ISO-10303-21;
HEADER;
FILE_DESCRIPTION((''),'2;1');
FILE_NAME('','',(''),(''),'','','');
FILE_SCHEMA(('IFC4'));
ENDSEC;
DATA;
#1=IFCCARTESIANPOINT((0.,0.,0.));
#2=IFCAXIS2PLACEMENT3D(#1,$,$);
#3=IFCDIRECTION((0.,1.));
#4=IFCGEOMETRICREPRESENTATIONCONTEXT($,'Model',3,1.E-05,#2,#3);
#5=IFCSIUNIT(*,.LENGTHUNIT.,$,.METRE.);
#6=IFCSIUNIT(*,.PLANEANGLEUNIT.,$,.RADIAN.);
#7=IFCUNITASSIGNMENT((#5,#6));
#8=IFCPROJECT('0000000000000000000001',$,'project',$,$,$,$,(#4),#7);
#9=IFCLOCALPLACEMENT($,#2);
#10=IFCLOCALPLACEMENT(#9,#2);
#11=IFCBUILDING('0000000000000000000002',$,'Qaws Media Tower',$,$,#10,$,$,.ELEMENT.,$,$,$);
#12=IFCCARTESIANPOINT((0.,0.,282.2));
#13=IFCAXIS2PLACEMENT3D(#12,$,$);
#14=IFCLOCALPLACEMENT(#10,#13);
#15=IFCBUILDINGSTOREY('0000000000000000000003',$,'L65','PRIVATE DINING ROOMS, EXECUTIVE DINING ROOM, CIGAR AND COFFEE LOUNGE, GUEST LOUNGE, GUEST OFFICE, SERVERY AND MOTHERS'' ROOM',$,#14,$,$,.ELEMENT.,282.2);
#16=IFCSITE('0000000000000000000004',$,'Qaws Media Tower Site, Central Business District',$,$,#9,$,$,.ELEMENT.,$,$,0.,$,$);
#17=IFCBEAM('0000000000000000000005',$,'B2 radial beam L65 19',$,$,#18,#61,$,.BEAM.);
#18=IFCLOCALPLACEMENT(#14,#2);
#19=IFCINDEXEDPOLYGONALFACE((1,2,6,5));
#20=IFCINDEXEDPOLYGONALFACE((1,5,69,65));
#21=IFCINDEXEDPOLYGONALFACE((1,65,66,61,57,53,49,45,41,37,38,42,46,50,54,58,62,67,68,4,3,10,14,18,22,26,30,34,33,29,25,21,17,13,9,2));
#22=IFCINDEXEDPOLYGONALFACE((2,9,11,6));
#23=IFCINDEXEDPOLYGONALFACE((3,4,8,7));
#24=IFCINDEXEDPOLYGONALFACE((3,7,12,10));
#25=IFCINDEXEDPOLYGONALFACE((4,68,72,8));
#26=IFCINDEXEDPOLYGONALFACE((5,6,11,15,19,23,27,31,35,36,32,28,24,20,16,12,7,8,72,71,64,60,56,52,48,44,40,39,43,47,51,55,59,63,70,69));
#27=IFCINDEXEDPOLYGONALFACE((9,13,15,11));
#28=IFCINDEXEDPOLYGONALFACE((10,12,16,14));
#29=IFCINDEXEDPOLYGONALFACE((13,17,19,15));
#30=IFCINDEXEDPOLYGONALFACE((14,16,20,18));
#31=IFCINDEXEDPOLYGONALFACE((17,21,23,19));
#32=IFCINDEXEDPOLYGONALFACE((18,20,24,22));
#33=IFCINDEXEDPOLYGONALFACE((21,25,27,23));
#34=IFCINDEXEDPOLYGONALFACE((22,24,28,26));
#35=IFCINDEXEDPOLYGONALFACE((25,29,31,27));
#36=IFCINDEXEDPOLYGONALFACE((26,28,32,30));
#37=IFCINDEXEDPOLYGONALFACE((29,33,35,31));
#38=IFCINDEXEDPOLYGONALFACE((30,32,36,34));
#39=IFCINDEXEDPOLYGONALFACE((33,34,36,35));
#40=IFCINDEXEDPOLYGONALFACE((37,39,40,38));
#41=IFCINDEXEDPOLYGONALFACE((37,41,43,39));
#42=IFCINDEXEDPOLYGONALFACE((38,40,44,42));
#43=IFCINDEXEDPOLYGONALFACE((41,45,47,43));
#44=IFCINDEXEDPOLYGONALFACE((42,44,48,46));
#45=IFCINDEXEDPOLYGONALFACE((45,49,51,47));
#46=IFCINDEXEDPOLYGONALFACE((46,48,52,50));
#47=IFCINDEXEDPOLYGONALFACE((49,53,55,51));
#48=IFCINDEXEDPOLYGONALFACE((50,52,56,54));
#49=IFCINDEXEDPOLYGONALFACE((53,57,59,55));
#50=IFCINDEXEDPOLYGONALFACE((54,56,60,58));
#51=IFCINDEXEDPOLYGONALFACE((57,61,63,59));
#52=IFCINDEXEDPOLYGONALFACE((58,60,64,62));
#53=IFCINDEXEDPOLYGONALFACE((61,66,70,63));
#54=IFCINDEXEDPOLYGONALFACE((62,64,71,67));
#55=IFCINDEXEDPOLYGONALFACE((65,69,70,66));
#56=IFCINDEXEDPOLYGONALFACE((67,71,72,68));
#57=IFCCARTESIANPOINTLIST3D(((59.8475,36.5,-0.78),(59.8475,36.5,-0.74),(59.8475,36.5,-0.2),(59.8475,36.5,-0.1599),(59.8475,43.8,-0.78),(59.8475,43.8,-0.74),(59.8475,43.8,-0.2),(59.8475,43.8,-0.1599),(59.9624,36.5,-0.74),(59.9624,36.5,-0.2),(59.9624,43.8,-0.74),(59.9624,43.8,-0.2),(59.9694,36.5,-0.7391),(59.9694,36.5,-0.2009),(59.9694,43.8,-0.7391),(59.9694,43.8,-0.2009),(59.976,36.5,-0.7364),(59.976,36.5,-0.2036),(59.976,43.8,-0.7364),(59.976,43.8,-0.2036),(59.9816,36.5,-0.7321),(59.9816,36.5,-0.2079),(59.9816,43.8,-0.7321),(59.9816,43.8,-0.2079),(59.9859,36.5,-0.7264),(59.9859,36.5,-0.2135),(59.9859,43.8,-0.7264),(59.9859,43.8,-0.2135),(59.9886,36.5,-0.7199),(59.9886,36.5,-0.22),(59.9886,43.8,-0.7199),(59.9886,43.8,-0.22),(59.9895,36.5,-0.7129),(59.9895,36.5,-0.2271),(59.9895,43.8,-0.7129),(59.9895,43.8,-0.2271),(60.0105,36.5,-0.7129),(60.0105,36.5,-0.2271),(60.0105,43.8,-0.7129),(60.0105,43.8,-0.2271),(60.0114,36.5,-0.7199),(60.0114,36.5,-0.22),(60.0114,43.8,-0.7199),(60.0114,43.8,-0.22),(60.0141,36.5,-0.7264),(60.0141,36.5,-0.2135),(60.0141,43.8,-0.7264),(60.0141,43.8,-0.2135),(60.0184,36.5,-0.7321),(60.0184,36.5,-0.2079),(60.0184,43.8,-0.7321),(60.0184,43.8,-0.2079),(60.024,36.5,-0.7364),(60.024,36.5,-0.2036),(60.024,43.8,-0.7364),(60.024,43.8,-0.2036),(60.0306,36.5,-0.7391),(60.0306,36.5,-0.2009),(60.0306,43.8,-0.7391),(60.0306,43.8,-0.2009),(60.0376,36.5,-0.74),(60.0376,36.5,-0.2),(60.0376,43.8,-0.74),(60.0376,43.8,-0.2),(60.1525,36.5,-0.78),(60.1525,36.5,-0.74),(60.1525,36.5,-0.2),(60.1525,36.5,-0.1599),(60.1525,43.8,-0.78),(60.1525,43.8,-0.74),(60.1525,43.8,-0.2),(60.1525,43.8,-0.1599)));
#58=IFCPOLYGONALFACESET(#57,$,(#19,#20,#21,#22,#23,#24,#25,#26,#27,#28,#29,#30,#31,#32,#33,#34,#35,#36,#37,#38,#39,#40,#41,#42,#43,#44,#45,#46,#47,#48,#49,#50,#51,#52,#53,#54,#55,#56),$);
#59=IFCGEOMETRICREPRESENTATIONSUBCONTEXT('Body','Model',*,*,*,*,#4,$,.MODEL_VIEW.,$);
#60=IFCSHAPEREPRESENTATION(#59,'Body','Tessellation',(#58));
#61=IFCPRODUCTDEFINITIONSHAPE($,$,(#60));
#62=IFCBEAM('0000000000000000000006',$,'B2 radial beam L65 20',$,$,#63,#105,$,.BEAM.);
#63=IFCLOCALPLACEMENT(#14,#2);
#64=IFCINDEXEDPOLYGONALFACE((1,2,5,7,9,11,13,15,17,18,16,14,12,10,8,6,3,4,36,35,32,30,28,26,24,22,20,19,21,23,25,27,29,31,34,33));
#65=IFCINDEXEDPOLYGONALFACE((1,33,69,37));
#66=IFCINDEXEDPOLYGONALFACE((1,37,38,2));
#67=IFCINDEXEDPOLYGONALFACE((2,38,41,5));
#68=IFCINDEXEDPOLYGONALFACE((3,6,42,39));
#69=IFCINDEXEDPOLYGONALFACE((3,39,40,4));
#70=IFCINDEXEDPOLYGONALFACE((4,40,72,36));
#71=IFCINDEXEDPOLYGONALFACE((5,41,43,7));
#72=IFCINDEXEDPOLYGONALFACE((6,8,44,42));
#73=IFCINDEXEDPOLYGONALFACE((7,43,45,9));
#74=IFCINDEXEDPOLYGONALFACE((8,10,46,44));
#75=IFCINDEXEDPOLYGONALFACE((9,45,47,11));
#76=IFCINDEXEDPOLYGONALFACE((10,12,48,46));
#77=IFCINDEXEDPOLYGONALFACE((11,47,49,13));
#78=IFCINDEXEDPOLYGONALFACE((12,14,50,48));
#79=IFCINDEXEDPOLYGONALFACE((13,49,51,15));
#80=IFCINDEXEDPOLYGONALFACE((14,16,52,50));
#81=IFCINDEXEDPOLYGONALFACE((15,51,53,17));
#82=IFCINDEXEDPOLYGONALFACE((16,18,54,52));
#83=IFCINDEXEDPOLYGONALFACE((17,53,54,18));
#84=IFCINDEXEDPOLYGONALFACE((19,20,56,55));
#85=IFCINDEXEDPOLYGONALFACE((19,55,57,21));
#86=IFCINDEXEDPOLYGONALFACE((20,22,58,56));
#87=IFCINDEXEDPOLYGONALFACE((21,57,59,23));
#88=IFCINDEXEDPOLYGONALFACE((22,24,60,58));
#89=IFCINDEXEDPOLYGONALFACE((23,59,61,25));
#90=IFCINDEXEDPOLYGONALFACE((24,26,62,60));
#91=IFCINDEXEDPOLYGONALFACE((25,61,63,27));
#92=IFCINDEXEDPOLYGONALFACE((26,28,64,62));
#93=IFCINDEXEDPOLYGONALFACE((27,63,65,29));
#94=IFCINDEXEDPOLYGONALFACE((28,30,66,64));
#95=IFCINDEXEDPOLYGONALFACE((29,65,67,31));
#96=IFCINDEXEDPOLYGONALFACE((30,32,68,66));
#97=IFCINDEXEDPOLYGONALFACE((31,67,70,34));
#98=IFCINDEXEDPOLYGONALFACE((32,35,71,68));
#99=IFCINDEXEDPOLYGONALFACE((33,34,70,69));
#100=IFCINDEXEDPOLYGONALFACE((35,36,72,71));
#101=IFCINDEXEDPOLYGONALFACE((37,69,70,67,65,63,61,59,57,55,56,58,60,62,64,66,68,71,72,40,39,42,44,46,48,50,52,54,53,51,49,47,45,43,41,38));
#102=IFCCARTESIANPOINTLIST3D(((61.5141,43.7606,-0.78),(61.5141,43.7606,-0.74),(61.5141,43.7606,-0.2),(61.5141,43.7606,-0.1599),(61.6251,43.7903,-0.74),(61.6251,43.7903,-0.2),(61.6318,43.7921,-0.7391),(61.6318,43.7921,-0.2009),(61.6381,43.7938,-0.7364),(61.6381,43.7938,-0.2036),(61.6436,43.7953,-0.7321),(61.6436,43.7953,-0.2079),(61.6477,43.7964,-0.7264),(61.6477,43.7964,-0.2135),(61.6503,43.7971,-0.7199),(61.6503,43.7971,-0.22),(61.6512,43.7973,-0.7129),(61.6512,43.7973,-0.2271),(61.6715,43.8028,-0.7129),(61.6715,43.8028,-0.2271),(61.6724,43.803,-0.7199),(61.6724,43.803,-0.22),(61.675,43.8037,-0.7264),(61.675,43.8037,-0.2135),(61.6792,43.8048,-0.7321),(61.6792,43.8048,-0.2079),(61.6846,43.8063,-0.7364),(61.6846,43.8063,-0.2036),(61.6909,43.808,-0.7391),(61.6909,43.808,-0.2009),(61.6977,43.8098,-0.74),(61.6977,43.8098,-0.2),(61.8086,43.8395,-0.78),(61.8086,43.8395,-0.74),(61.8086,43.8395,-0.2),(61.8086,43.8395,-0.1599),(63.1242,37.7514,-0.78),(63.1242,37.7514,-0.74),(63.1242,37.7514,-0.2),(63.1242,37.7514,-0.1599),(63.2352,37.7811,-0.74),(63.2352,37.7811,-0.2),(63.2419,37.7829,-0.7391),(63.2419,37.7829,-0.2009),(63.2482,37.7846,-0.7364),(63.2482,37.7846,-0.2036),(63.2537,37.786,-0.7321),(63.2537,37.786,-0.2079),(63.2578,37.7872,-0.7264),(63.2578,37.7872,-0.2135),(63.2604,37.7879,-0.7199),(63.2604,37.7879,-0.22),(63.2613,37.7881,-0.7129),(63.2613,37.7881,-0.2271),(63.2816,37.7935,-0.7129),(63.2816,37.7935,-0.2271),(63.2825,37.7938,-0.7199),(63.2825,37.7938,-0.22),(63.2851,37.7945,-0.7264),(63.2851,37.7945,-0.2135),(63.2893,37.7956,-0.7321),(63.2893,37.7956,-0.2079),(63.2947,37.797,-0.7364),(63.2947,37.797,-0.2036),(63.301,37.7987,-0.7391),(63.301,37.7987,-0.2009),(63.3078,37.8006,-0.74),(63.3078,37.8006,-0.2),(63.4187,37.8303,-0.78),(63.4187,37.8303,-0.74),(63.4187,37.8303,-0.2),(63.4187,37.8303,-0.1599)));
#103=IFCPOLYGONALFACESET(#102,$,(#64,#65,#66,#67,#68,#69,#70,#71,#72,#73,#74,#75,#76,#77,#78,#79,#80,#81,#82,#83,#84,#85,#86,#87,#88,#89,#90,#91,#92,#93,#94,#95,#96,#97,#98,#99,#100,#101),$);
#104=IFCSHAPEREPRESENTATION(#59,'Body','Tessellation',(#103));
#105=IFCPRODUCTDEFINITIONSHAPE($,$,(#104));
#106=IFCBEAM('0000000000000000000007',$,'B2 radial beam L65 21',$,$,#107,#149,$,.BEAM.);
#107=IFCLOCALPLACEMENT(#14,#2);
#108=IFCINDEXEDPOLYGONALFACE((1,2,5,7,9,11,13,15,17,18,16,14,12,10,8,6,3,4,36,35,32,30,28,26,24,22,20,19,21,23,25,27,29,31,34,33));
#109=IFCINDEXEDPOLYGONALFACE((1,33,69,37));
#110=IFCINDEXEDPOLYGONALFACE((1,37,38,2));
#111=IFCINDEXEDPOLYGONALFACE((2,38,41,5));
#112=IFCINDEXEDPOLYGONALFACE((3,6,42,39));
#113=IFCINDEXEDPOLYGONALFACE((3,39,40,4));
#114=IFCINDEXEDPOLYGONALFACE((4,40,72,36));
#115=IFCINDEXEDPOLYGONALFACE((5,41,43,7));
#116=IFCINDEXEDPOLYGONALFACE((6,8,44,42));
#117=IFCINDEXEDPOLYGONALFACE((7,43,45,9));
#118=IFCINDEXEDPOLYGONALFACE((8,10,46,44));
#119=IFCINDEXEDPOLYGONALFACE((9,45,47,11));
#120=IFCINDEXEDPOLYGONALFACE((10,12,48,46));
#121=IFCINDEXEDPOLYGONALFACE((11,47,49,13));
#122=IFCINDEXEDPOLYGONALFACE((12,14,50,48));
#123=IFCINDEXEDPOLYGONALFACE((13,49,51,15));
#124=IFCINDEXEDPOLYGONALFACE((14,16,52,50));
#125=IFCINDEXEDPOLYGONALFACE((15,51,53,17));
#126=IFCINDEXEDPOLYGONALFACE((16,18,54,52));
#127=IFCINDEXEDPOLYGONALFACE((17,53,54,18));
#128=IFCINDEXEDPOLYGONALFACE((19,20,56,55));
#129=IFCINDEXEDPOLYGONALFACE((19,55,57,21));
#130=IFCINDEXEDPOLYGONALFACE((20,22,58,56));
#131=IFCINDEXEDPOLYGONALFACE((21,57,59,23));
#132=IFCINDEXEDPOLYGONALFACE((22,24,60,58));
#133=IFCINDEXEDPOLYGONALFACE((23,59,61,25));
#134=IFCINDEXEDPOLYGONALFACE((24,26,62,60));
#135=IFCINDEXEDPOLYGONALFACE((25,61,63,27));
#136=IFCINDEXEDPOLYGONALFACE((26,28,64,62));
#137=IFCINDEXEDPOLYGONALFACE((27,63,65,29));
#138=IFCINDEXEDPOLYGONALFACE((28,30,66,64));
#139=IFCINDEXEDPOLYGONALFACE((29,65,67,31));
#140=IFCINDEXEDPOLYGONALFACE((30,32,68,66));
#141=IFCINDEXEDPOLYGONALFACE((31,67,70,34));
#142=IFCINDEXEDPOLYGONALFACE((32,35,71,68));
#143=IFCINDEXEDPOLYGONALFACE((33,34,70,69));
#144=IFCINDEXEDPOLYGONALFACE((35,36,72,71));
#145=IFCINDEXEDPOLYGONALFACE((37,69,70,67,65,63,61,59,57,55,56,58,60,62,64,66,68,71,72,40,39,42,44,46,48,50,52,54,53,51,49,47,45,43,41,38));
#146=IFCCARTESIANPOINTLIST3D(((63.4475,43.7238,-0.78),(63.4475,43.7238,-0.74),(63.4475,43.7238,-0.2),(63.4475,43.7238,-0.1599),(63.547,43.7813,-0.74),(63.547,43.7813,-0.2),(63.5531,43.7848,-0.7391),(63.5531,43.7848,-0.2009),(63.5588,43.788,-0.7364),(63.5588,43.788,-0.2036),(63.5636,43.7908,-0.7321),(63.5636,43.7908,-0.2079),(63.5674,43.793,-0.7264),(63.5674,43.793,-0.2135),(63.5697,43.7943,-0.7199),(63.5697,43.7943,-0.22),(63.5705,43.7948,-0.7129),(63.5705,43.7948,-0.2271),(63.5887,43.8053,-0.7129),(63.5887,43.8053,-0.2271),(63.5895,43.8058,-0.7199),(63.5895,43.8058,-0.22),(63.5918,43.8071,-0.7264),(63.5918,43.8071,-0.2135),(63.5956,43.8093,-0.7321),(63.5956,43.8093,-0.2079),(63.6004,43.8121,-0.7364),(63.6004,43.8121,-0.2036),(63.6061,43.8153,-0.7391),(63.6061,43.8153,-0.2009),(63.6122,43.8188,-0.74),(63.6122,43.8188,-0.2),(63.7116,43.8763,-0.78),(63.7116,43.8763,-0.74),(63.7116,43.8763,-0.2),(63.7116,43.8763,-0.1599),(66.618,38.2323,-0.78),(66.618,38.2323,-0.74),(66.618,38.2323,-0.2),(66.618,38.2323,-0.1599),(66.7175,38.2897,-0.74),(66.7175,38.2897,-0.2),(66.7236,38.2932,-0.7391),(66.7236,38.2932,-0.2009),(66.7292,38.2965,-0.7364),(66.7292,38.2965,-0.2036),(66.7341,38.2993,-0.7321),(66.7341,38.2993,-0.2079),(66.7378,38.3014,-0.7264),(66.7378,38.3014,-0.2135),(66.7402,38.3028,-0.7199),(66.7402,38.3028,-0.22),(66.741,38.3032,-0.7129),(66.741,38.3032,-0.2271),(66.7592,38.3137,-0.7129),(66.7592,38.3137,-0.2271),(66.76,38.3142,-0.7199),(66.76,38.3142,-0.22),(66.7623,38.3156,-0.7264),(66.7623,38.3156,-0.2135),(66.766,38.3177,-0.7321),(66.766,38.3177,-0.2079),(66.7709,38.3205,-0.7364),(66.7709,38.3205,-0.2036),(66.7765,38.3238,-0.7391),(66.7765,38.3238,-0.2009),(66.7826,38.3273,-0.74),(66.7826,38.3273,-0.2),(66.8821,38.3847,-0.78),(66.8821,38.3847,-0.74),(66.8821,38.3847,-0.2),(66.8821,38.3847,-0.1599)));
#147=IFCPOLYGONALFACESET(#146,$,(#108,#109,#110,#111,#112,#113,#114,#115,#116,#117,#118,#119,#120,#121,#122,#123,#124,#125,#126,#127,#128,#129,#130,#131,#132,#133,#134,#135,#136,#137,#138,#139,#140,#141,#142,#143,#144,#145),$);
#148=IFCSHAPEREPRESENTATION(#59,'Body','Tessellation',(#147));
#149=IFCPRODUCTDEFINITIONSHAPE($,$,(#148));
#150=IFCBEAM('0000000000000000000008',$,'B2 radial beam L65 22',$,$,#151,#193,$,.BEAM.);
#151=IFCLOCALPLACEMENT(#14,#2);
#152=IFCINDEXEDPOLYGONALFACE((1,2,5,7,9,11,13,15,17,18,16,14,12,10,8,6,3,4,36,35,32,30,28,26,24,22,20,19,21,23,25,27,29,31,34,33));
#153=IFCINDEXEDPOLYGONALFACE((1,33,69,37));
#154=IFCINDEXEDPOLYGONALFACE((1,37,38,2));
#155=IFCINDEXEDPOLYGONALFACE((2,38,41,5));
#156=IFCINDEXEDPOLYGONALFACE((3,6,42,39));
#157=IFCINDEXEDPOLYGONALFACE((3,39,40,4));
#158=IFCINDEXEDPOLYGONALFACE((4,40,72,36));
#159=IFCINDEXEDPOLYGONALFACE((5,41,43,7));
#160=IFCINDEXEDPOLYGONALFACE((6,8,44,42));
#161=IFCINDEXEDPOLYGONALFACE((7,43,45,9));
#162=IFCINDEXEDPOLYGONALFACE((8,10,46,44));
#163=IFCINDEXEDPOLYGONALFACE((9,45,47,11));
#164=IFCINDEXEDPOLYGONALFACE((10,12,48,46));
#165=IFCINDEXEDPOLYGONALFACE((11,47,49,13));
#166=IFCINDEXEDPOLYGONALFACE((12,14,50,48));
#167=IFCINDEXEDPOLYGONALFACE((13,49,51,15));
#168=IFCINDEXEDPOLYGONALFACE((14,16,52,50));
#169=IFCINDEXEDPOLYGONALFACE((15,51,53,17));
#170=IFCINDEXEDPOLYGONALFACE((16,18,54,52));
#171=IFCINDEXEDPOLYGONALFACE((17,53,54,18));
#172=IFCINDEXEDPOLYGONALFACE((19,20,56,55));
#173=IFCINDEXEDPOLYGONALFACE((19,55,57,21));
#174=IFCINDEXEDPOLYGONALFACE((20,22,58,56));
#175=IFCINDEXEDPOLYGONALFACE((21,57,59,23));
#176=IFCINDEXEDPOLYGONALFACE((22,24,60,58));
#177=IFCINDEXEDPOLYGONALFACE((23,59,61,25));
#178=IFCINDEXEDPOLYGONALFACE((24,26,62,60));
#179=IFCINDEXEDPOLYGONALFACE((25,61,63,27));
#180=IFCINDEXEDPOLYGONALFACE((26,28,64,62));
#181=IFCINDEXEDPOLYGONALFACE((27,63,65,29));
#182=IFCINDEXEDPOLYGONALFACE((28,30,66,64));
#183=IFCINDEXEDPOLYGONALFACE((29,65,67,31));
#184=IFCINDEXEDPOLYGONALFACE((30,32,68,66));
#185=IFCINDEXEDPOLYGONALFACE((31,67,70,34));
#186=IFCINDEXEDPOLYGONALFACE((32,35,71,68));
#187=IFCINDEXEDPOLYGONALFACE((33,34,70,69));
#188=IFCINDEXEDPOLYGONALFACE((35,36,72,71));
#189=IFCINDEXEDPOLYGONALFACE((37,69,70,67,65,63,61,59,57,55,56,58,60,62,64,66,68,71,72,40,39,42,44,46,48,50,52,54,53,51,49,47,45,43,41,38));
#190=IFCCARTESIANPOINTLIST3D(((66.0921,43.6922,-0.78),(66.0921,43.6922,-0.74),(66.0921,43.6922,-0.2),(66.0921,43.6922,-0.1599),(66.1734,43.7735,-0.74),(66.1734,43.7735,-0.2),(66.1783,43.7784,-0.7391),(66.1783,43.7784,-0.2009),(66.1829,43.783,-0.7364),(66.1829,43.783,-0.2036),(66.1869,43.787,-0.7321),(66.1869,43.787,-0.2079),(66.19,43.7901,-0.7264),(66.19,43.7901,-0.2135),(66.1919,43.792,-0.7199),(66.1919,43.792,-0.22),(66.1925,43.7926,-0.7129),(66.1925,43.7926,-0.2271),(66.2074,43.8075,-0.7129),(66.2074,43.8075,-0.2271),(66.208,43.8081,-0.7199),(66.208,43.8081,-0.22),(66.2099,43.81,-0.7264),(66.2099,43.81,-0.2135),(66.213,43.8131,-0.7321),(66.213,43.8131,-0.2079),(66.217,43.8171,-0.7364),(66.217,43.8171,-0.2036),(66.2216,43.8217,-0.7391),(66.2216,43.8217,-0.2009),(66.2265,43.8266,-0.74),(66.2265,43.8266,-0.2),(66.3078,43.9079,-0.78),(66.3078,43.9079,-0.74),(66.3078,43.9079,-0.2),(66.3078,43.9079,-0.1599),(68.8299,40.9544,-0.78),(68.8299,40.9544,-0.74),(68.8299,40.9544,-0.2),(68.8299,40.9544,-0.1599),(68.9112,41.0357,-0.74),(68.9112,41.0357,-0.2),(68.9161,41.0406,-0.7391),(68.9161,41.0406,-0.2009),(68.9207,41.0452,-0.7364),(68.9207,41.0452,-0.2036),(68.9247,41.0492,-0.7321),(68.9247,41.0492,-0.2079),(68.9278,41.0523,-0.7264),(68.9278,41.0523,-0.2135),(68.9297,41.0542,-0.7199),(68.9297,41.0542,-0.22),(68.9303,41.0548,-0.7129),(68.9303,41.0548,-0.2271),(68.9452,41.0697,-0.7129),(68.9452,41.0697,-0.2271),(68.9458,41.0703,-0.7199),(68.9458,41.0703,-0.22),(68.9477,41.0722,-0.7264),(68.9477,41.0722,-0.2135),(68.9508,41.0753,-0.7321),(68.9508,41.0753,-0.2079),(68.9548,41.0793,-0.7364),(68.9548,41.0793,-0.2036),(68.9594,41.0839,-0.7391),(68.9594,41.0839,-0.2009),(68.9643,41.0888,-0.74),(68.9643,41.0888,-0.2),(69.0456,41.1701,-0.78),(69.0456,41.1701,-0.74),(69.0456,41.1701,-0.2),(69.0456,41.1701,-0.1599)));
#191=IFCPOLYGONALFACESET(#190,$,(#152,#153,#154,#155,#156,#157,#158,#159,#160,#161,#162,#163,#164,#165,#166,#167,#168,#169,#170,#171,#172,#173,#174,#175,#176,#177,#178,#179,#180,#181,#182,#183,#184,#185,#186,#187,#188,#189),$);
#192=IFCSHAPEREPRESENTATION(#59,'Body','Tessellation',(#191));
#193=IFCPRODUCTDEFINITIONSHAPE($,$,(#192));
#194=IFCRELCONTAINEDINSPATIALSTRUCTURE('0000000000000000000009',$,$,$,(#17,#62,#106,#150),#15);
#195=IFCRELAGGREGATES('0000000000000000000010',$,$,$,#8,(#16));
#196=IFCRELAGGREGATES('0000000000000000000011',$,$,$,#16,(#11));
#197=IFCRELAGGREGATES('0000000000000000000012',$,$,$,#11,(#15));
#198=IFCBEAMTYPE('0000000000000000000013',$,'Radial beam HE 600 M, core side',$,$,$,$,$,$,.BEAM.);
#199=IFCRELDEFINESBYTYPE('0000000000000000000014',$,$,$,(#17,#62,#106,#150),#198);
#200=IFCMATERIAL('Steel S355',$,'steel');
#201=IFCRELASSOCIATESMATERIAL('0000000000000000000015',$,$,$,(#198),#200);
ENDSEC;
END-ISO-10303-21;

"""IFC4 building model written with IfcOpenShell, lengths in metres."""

from ifc_helpers import new_model, si_unit, direction, frame, origin, origin_2d, place, context, subcontext, project, spatial, i_section, extrude, material, material_profile, profile_set, type_object, element, save


model = new_model("IFC4")

# Units and contexts
model_context = context("Model", 3, precision=1e-05, world=origin(), true_north=direction((0.0, 1.0)))
body_context = subcontext(model_context, "Body", "Model", "MODEL_VIEW")
ifc_project = project(units=[si_unit("LENGTHUNIT", "METRE"), si_unit("PLANEANGLEUNIT", "RADIAN")], contexts=[model_context])

# Site, building, storey
site_placement = place(None, origin())
site = spatial("IfcSite", under=ifc_project, at=site_placement, Name="Qaws Media Tower Site, Central Business District", CompositionType="ELEMENT", RefElevation=0.0)
building_placement = place(site_placement, origin())
building = spatial("IfcBuilding", under=site, at=building_placement, Name="Qaws Media Tower", CompositionType="ELEMENT")
storey_placement = place(building_placement, frame((0.0, 0.0, 282.2)))
storey = spatial("IfcBuildingStorey", under=building, at=storey_placement, Name="L65", Description="PRIVATE DINING ROOMS, EXECUTIVE DINING ROOM, CIGAR AND COFFEE LOUNGE, GUEST LOUNGE, GUEST OFFICE, SERVERY AND MOTHERS' ROOM", CompositionType="ELEMENT", Elevation=282.2)

# Beams
ifc_material_1 = material(Name="Steel S355", Category="steel")
ifc_material_profile_1 = material_profile(ifc_material_1, i_section(OverallWidth=0.3049, OverallDepth=0.6201, WebThickness=0.021, FlangeThickness=0.04, FilletRadius=0.0271, at=origin_2d()), Name="HE 600 M")
ifc_profile_set_1 = profile_set([ifc_material_profile_1], Name="Steel S355")
beam_type_1 = type_object("IfcBeamType", Name="Radial beam HE 600 M, core side", PredefinedType="BEAM", material=ifc_profile_set_1)
beam_1_placement = place(storey_placement, frame((60.0, 43.8, -0.47), z_axis=(0.0, -1.0, 0.0), x_axis=(1.0, 0.0, 0.0)))
element("IfcBeam", 1, at=beam_1_placement, inside=storey, type_object=beam_type_1, Name="B2 radial beam L65 19", PredefinedType="BEAM", context=body_context, shape_type="SweptSolid", body=[
    extrude(i_section(OverallWidth=0.3049, OverallDepth=0.6201, WebThickness=0.021, FlangeThickness=0.04, FilletRadius=0.0271, at=origin_2d()), origin(), (0.0, 0.0, 1.0), 7.3),
])
beam_2_placement = place(storey_placement, frame((61.6614, 43.8, -0.47), z_axis=(0.258808, -0.965929, 0.0), x_axis=(0.965929, 0.258808, 0.0)))
element("IfcBeam", 2, at=beam_2_placement, inside=storey, type_object=beam_type_1, Name="B2 radial beam L65 20", PredefinedType="BEAM", context=body_context, shape_type="SweptSolid", body=[
    extrude(i_section(OverallWidth=0.3049, OverallDepth=0.6201, WebThickness=0.021, FlangeThickness=0.04, FilletRadius=0.0271, at=origin_2d()), origin(), (0.0, 0.0, 1.0), 6.2212),
])
beam_3_placement = place(storey_placement, frame((63.5796, 43.8, -0.47), z_axis=(0.49999, -0.866031, 0.0), x_axis=(0.866031, 0.49999, 0.0)))
element("IfcBeam", 3, at=beam_3_placement, inside=storey, type_object=beam_type_1, Name="B2 radial beam L65 21", PredefinedType="BEAM", context=body_context, shape_type="SweptSolid", body=[
    extrude(i_section(OverallWidth=0.3049, OverallDepth=0.6201, WebThickness=0.021, FlangeThickness=0.04, FilletRadius=0.0271, at=origin_2d()), origin(), (0.0, 0.0, 1.0), 6.3411),
])
beam_4_placement = place(storey_placement, frame((66.2, 43.8, -0.47), z_axis=(0.707107, -0.707107, 0.0), x_axis=(0.707107, 0.707107, 0.0)))
element("IfcBeam", 4, at=beam_4_placement, inside=storey, type_object=beam_type_1, Name="B2 radial beam L65 22", PredefinedType="BEAM", context=body_context, shape_type="SweptSolid", body=[
    extrude(i_section(OverallWidth=0.3049, OverallDepth=0.6201, WebThickness=0.021, FlangeThickness=0.04, FilletRadius=0.0271, at=origin_2d()), origin(), (0.0, 0.0, 1.0), 3.8718),
])

save(model, "model.ifc")
